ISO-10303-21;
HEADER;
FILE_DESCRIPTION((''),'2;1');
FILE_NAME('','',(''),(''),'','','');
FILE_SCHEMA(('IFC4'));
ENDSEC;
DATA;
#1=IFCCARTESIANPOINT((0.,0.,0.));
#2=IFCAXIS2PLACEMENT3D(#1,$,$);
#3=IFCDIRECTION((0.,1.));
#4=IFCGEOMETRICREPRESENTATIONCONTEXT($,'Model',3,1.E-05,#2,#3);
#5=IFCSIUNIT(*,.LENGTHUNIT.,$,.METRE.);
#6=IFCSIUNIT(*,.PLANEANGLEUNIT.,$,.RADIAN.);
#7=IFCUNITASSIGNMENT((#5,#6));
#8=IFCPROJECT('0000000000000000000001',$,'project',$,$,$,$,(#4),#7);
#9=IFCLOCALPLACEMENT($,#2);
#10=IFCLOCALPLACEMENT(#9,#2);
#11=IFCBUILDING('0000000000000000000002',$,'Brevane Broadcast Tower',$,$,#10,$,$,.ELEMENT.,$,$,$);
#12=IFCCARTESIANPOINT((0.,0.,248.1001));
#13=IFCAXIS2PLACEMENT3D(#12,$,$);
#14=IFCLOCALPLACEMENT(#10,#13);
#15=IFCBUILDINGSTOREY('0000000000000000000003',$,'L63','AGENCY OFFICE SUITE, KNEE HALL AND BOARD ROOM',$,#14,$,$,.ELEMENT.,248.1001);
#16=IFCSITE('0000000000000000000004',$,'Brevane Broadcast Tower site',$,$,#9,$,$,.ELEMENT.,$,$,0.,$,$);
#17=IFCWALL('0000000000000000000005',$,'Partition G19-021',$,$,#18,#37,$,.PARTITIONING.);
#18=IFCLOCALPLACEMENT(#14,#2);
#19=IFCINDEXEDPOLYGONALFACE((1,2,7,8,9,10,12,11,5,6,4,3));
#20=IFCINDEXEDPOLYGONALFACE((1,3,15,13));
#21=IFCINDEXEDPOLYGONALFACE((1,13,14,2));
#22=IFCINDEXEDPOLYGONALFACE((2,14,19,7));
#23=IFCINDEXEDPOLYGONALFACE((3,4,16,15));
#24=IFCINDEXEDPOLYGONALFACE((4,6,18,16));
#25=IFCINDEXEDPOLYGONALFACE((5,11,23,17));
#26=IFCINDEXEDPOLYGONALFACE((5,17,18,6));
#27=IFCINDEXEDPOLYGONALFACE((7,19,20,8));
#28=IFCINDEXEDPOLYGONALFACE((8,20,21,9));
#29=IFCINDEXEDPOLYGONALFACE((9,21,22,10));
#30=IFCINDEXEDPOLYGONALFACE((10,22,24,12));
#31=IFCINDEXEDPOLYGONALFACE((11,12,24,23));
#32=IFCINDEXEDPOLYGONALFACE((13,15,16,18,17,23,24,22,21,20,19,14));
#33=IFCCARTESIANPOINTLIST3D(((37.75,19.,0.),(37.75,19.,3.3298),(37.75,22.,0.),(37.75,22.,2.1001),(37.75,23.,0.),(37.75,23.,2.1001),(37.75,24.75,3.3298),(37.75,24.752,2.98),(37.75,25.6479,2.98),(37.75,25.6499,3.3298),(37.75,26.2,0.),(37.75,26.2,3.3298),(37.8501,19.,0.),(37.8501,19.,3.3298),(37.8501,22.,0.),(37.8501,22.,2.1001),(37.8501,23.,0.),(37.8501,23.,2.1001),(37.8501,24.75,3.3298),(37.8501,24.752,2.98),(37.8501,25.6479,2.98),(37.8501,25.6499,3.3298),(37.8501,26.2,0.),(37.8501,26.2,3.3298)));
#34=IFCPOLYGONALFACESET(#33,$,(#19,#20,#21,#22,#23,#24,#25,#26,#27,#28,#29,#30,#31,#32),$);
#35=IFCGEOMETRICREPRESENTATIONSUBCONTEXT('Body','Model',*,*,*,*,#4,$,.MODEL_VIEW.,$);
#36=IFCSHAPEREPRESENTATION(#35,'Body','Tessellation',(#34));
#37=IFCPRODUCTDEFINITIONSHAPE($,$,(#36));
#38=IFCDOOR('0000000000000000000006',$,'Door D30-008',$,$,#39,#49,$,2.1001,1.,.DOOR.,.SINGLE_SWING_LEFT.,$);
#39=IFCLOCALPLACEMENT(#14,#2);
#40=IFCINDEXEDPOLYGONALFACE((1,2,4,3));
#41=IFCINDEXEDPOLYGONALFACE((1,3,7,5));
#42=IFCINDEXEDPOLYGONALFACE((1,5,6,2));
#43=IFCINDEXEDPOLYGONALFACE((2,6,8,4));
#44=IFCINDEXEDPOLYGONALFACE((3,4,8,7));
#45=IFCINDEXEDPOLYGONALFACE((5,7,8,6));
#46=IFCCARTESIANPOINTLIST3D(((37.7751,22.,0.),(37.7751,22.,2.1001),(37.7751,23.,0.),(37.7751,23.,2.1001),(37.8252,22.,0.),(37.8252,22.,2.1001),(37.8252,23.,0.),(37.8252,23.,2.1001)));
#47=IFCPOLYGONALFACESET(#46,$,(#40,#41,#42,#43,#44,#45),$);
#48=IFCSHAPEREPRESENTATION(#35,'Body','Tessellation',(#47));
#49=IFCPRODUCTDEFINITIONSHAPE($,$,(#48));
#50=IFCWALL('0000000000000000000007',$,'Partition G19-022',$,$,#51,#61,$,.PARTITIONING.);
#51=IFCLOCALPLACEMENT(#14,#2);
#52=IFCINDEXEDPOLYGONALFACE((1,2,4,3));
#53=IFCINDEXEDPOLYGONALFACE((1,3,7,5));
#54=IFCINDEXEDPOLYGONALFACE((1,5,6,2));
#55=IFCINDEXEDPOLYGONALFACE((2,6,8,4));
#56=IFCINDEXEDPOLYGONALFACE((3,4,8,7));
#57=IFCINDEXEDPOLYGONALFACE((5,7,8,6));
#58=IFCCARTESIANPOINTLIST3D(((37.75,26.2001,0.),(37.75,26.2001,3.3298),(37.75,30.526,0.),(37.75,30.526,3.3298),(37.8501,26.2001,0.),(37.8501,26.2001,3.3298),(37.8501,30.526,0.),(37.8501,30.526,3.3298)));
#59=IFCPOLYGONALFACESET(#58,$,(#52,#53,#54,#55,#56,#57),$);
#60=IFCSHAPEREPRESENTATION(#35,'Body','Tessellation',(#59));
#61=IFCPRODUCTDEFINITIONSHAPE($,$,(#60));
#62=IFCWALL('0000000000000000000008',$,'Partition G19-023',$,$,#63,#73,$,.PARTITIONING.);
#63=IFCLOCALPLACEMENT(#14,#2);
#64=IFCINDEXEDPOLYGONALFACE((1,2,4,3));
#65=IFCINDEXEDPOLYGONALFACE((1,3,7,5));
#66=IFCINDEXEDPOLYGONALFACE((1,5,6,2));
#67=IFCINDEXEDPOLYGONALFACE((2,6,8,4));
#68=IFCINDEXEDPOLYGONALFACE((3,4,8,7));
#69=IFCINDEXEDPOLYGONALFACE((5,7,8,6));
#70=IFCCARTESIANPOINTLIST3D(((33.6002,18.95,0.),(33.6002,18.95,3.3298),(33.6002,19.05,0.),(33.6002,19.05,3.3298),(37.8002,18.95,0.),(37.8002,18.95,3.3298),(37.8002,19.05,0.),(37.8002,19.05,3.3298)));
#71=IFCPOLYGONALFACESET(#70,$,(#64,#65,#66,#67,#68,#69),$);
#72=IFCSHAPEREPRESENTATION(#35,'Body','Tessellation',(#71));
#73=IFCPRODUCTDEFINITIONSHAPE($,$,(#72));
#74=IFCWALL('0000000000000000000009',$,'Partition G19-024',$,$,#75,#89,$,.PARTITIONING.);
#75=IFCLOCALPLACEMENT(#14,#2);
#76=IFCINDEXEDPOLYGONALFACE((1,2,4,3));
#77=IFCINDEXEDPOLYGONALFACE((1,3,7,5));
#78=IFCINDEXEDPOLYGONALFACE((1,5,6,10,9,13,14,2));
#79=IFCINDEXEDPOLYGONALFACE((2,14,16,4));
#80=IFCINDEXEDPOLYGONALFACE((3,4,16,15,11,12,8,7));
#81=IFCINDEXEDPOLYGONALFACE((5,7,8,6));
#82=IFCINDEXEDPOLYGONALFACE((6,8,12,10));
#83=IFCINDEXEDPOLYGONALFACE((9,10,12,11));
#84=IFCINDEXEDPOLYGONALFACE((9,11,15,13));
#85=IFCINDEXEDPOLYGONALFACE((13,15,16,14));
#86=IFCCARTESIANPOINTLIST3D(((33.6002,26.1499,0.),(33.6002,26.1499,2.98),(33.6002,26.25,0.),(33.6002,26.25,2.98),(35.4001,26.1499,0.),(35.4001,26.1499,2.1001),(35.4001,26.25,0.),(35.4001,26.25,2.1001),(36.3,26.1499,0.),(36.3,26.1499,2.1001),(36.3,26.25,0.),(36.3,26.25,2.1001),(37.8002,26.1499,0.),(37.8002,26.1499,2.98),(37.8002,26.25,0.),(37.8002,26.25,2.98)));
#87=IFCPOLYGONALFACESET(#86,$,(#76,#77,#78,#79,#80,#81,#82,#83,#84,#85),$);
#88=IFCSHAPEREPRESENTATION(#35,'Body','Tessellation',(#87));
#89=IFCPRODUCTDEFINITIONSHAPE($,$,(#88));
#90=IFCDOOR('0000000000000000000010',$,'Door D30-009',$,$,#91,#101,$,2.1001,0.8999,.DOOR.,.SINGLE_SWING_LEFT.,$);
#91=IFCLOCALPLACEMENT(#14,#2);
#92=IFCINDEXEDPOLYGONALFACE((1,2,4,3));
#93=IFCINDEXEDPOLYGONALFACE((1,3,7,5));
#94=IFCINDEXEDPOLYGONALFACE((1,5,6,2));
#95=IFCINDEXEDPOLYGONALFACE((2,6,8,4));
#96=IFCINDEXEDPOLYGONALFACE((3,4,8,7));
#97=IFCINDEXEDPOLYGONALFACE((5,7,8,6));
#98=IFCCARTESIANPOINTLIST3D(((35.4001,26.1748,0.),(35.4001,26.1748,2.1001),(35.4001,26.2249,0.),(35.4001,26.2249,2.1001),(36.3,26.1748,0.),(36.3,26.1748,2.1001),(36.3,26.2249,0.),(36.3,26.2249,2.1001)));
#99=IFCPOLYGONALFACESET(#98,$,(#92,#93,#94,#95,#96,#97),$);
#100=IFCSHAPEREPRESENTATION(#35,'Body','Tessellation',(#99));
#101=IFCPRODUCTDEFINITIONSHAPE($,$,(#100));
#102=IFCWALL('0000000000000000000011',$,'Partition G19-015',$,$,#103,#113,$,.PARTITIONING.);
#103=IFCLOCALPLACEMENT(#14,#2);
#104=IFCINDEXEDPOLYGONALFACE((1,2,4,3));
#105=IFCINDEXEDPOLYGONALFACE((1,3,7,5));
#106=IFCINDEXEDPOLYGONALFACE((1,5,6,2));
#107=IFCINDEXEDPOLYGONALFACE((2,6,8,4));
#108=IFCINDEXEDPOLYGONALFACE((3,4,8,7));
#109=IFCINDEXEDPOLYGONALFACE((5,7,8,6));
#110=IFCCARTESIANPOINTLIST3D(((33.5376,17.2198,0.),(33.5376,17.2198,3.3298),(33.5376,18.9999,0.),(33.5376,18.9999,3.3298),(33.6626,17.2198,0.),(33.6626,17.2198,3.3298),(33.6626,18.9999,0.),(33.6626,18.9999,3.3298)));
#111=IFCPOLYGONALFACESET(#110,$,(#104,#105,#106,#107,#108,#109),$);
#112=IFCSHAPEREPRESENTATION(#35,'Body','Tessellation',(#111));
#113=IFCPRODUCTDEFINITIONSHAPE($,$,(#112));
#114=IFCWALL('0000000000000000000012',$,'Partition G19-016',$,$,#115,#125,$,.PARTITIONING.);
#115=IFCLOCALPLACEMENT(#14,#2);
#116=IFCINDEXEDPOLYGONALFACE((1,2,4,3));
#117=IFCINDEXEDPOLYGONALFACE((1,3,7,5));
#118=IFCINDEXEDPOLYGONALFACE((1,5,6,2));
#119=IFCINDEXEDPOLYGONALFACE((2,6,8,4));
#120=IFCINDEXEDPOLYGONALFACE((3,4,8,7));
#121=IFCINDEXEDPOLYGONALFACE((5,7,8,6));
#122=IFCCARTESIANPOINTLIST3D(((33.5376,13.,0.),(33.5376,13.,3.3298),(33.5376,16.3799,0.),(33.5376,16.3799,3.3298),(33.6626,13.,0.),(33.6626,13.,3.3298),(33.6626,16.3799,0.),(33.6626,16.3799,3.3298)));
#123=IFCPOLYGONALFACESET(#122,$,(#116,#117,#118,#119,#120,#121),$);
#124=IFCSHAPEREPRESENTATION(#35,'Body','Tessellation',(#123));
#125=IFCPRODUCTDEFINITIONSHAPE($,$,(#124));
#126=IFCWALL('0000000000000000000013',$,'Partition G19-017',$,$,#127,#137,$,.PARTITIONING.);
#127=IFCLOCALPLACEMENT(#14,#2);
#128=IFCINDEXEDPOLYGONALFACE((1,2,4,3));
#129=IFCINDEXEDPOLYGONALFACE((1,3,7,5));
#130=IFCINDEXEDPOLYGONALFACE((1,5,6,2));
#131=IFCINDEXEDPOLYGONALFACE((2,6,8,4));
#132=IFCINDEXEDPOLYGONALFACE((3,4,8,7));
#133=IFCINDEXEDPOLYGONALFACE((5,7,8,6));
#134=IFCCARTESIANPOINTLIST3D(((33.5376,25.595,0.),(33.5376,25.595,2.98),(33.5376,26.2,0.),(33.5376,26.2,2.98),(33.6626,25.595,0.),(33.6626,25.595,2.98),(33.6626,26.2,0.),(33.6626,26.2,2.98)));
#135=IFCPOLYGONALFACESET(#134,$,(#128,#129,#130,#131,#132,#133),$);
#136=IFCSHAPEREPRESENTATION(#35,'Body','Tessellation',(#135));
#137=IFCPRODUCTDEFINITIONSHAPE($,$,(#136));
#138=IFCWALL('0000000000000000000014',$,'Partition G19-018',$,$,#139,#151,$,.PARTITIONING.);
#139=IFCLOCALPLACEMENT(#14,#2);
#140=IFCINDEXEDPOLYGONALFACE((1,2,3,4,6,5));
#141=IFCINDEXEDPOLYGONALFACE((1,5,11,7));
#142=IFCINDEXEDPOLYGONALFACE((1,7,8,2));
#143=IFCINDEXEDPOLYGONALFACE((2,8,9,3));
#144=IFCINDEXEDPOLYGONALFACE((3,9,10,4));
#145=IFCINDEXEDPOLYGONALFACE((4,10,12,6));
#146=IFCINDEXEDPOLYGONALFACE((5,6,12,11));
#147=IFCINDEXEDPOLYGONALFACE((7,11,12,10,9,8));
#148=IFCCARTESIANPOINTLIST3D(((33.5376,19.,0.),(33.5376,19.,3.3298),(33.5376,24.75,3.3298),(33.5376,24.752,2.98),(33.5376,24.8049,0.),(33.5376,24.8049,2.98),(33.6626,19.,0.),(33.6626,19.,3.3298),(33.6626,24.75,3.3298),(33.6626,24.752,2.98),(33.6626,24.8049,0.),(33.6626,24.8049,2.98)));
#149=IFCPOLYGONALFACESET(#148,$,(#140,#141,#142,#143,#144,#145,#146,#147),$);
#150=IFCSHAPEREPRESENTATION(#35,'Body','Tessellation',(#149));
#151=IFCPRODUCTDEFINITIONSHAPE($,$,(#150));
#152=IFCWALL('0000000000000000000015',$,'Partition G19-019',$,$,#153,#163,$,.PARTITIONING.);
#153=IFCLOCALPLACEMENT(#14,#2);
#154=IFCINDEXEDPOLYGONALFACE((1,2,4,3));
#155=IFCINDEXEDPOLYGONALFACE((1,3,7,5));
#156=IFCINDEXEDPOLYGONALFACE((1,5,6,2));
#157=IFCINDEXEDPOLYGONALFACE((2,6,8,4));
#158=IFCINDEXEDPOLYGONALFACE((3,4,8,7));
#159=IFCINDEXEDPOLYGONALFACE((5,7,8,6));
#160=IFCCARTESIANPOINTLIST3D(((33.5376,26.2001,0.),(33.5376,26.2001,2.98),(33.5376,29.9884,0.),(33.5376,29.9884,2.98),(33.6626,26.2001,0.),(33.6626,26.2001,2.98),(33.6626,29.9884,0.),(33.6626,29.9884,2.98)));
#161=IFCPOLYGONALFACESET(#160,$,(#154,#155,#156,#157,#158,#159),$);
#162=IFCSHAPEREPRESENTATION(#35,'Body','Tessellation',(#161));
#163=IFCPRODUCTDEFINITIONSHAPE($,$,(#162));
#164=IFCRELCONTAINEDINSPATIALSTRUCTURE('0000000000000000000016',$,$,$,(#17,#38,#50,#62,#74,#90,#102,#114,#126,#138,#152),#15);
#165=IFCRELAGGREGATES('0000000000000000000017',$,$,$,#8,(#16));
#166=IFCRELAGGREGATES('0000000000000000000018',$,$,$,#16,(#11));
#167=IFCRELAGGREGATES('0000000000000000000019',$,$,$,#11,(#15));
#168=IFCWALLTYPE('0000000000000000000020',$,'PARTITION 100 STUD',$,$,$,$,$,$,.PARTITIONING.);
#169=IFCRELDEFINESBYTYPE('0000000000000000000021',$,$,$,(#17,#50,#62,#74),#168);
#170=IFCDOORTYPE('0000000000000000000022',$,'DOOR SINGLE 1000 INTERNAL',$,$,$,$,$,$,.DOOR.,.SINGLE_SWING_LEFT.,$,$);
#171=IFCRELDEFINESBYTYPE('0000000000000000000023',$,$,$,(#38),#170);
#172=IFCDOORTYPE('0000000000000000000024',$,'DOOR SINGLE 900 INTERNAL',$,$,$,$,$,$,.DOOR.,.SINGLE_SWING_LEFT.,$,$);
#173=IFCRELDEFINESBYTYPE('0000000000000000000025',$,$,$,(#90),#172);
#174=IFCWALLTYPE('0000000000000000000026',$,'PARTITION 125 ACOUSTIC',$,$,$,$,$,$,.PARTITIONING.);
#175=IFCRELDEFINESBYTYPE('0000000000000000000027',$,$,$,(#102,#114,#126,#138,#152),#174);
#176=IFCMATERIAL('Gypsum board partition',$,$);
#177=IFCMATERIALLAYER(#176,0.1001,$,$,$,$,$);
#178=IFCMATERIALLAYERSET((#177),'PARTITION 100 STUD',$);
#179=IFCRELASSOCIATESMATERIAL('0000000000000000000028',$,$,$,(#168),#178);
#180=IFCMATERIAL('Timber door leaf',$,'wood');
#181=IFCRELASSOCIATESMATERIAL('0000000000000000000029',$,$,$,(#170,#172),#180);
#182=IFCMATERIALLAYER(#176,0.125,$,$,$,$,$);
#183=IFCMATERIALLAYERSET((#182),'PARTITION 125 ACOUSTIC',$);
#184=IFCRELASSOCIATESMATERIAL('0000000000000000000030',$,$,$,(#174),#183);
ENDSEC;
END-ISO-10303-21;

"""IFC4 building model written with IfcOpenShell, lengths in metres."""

from ifc_helpers import new_model, si_unit, direction, frame, frame_2d, origin, place, context, subcontext, project, spatial, polyline, rectangle, outline, extrude, material, layer, layer_set, type_object, element, fill, save


model = new_model("IFC4")

# Units and contexts
model_context = context("Model", 3, precision=1e-05, world=origin(), true_north=direction((0.0, 1.0)))
body_context = subcontext(model_context, "Body", "Model", "MODEL_VIEW")
ifc_project = project(units=[si_unit("LENGTHUNIT", "METRE"), si_unit("PLANEANGLEUNIT", "RADIAN")], contexts=[model_context])

# Site, building, storey
site_placement = place(None, origin())
site = spatial("IfcSite", under=ifc_project, at=site_placement, Name="Brevane Broadcast Tower site", CompositionType="ELEMENT", RefElevation=0.0)
building_placement = place(site_placement, origin())
building = spatial("IfcBuilding", under=site, at=building_placement, Name="Brevane Broadcast Tower", CompositionType="ELEMENT")
storey_placement = place(building_placement, frame((0.0, 0.0, 248.1001)))
storey = spatial("IfcBuildingStorey", under=building, at=storey_placement, Name="L63", Description="AGENCY OFFICE SUITE, KNEE HALL AND BOARD ROOM", CompositionType="ELEMENT", Elevation=248.1001)

# Wall, opening, door
ifc_material_1 = material(Name="Gypsum board partition")
ifc_layer_1 = layer(ifc_material_1, 0.1001)
ifc_layer_set_1 = layer_set([ifc_layer_1], Name="PARTITION 100 STUD")
wall_type_1 = type_object("IfcWallType", Name="PARTITION 100 STUD", PredefinedType="PARTITIONING", material=ifc_layer_set_1)
wall_1_placement = place(storey_placement, frame((37.8, 19.0, 0.0), z_axis=(0.0, 0.0, 1.0), x_axis=(0.0, 1.0, 0.0)))
wall_1 = element("IfcWall", 1, at=wall_1_placement, inside=storey, type_object=wall_type_1, Name="Partition G19-021", PredefinedType="PARTITIONING", context=body_context, shape_type="SweptSolid", body=[
    extrude(outline(polyline([(0.0, 0.0), (7.2, 0.0), (7.2, 3.3298), (6.6499, 3.3298), (6.6479, 2.98), (5.752, 2.98), (5.75, 3.3298), (0.0, 3.3298), (0.0, 0.0)])), frame((0.0, 0.05, 0.0), z_axis=(0.0, -1.0, 0.0), x_axis=(1.0, 0.0, 0.0)), (0.0, 0.0, 1.0), 0.1001),
])
opening_1_placement = place(wall_1_placement, frame((3.0, 0.0, 0.0)))
opening_1 = element("IfcOpeningElement", 2, at=opening_1_placement, cuts=wall_1, PredefinedType="OPENING", context=body_context, shape_type="SweptSolid", body=[
    extrude(rectangle(XDim=1.0, YDim=2.1001, at=frame_2d((0.5, 1.05))), frame((0.0, 0.0601, 0.0), z_axis=(0.0, -1.0, 0.0), x_axis=(1.0, 0.0, 0.0)), (0.0, 0.0, 1.0), 0.1201),
])
ifc_material_2 = material(Name="Timber door leaf", Category="wood")
door_type_1 = type_object("IfcDoorType", Name="DOOR SINGLE 1000 INTERNAL", OperationType="SINGLE_SWING_LEFT", PredefinedType="DOOR", material=ifc_material_2)
door_1_placement = place(opening_1_placement, origin())
door_1 = element("IfcDoor", 3, at=door_1_placement, inside=storey, type_object=door_type_1, Name="Door D30-008", OperationType="SINGLE_SWING_LEFT", OverallHeight=2.1001, OverallWidth=1.0, PredefinedType="DOOR", context=body_context, shape_type="SweptSolid", body=[
    extrude(rectangle(XDim=1.0, YDim=2.1001, at=frame_2d((0.5, 1.05))), frame((0.0, 0.0249, 0.0), z_axis=(0.0, -1.0, 0.0), x_axis=(1.0, 0.0, 0.0)), (0.0, 0.0, 1.0), 0.05),
])
fill(opening_1, door_1)

# Walls
wall_2_placement = place(storey_placement, frame((37.8, 26.2, 0.0), z_axis=(0.0, 0.0, 1.0), x_axis=(0.0, 1.0, 0.0)))
element("IfcWall", 4, at=wall_2_placement, inside=storey, type_object=wall_type_1, Name="Partition G19-022", PredefinedType="PARTITIONING", context=body_context, shape_type="SweptSolid", body=[
    extrude(rectangle(XDim=4.3259, YDim=0.1001, at=frame_2d((2.1631, 0.0))), origin(), (0.0, 0.0, 1.0), 3.3298),
])
wall_3_placement = place(storey_placement, frame((33.6001, 19.0, 0.0), z_axis=(0.0, 0.0, 1.0), x_axis=(1.0, 0.0, 0.0)))
element("IfcWall", 5, at=wall_3_placement, inside=storey, type_object=wall_type_1, Name="Partition G19-023", PredefinedType="PARTITIONING", context=body_context, shape_type="SweptSolid", body=[
    extrude(rectangle(XDim=4.2, YDim=0.1001, at=frame_2d((2.1001, 0.0))), origin(), (0.0, 0.0, 1.0), 3.3298),
])

# Wall, opening, door
wall_4_placement = place(storey_placement, frame((33.6001, 26.2, 0.0), z_axis=(0.0, 0.0, 1.0), x_axis=(1.0, 0.0, 0.0)))
wall_4 = element("IfcWall", 6, at=wall_4_placement, inside=storey, type_object=wall_type_1, Name="Partition G19-024", PredefinedType="PARTITIONING", context=body_context, shape_type="SweptSolid", body=[
    extrude(rectangle(XDim=4.2, YDim=0.1001, at=frame_2d((2.1001, 0.0))), origin(), (0.0, 0.0, 1.0), 2.98),
])
opening_2_placement = place(wall_4_placement, frame((1.8, 0.0, 0.0)))
opening_2 = element("IfcOpeningElement", 7, at=opening_2_placement, cuts=wall_4, PredefinedType="OPENING", context=body_context, shape_type="SweptSolid", body=[
    extrude(rectangle(XDim=0.8999, YDim=2.1001, at=frame_2d((0.45, 1.05))), frame((0.0, 0.0601, 0.0), z_axis=(0.0, -1.0, 0.0), x_axis=(1.0, 0.0, 0.0)), (0.0, 0.0, 1.0), 0.1201),
])
door_type_2 = type_object("IfcDoorType", Name="DOOR SINGLE 900 INTERNAL", OperationType="SINGLE_SWING_LEFT", PredefinedType="DOOR", material=ifc_material_2)
door_2_placement = place(opening_2_placement, origin())
door_2 = element("IfcDoor", 8, at=door_2_placement, inside=storey, type_object=door_type_2, Name="Door D30-009", OperationType="SINGLE_SWING_LEFT", OverallHeight=2.1001, OverallWidth=0.8999, PredefinedType="DOOR", context=body_context, shape_type="SweptSolid", body=[
    extrude(rectangle(XDim=0.8999, YDim=2.1001, at=frame_2d((0.45, 1.05))), frame((0.0, 0.0249, 0.0), z_axis=(0.0, -1.0, 0.0), x_axis=(1.0, 0.0, 0.0)), (0.0, 0.0, 1.0), 0.05),
])
fill(opening_2, door_2)

# Walls
ifc_layer_2 = layer(ifc_material_1, 0.125)
ifc_layer_set_2 = layer_set([ifc_layer_2], Name="PARTITION 125 ACOUSTIC")
wall_type_2 = type_object("IfcWallType", Name="PARTITION 125 ACOUSTIC", PredefinedType="PARTITIONING", material=ifc_layer_set_2)
wall_5_placement = place(storey_placement, frame((33.6001, 19.0, 0.0), z_axis=(0.0, 0.0, 1.0), x_axis=(0.0, -1.0, 0.0)))
element("IfcWall", 9, at=wall_5_placement, inside=storey, type_object=wall_type_2, Name="Partition G19-015", PredefinedType="PARTITIONING", context=body_context, shape_type="SweptSolid", body=[
    extrude(rectangle(XDim=1.78, YDim=0.125, at=frame_2d((0.8901, 0.0))), origin(), (0.0, 0.0, 1.0), 3.3298),
])
wall_6_placement = place(storey_placement, frame((33.6001, 16.3799, 0.0), z_axis=(0.0, 0.0, 1.0), x_axis=(0.0, -1.0, 0.0)))
element("IfcWall", 10, at=wall_6_placement, inside=storey, type_object=wall_type_2, Name="Partition G19-016", PredefinedType="PARTITIONING", context=body_context, shape_type="SweptSolid", body=[
    extrude(rectangle(XDim=3.3799, YDim=0.125, at=frame_2d((1.6899, 0.0))), origin(), (0.0, 0.0, 1.0), 3.3298),
])
wall_7_placement = place(storey_placement, frame((33.6001, 26.2, 0.0), z_axis=(0.0, 0.0, 1.0), x_axis=(0.0, -1.0, 0.0)))
element("IfcWall", 11, at=wall_7_placement, inside=storey, type_object=wall_type_2, Name="Partition G19-017", PredefinedType="PARTITIONING", context=body_context, shape_type="SweptSolid", body=[
    extrude(rectangle(XDim=0.605, YDim=0.125, at=frame_2d((0.3025, 0.0))), origin(), (0.0, 0.0, 1.0), 2.98),
])
wall_8_placement = place(storey_placement, frame((33.6001, 24.8049, 0.0), z_axis=(0.0, 0.0, 1.0), x_axis=(0.0, -1.0, 0.0)))
element("IfcWall", 12, at=wall_8_placement, inside=storey, type_object=wall_type_2, Name="Partition G19-018", PredefinedType="PARTITIONING", context=body_context, shape_type="SweptSolid", body=[
    extrude(outline(polyline([(0.0, 0.0), (5.8049, 0.0), (5.8049, 3.3298), (0.0549, 3.3298), (0.053, 2.98), (0.0, 2.98), (0.0, 0.0)])), frame((0.0, 0.0625, 0.0), z_axis=(0.0, -1.0, 0.0), x_axis=(1.0, 0.0, 0.0)), (0.0, 0.0, 1.0), 0.125),
])
wall_9_placement = place(storey_placement, frame((33.6001, 29.9883, 0.0), z_axis=(0.0, 0.0, 1.0), x_axis=(0.0, -1.0, 0.0)))
element("IfcWall", 13, at=wall_9_placement, inside=storey, type_object=wall_type_2, Name="Partition G19-019", PredefinedType="PARTITIONING", context=body_context, shape_type="SweptSolid", body=[
    extrude(rectangle(XDim=3.7883, YDim=0.125, at=frame_2d((1.894, 0.0))), origin(), (0.0, 0.0, 1.0), 2.98),
])

save(model, "model.ifc")
